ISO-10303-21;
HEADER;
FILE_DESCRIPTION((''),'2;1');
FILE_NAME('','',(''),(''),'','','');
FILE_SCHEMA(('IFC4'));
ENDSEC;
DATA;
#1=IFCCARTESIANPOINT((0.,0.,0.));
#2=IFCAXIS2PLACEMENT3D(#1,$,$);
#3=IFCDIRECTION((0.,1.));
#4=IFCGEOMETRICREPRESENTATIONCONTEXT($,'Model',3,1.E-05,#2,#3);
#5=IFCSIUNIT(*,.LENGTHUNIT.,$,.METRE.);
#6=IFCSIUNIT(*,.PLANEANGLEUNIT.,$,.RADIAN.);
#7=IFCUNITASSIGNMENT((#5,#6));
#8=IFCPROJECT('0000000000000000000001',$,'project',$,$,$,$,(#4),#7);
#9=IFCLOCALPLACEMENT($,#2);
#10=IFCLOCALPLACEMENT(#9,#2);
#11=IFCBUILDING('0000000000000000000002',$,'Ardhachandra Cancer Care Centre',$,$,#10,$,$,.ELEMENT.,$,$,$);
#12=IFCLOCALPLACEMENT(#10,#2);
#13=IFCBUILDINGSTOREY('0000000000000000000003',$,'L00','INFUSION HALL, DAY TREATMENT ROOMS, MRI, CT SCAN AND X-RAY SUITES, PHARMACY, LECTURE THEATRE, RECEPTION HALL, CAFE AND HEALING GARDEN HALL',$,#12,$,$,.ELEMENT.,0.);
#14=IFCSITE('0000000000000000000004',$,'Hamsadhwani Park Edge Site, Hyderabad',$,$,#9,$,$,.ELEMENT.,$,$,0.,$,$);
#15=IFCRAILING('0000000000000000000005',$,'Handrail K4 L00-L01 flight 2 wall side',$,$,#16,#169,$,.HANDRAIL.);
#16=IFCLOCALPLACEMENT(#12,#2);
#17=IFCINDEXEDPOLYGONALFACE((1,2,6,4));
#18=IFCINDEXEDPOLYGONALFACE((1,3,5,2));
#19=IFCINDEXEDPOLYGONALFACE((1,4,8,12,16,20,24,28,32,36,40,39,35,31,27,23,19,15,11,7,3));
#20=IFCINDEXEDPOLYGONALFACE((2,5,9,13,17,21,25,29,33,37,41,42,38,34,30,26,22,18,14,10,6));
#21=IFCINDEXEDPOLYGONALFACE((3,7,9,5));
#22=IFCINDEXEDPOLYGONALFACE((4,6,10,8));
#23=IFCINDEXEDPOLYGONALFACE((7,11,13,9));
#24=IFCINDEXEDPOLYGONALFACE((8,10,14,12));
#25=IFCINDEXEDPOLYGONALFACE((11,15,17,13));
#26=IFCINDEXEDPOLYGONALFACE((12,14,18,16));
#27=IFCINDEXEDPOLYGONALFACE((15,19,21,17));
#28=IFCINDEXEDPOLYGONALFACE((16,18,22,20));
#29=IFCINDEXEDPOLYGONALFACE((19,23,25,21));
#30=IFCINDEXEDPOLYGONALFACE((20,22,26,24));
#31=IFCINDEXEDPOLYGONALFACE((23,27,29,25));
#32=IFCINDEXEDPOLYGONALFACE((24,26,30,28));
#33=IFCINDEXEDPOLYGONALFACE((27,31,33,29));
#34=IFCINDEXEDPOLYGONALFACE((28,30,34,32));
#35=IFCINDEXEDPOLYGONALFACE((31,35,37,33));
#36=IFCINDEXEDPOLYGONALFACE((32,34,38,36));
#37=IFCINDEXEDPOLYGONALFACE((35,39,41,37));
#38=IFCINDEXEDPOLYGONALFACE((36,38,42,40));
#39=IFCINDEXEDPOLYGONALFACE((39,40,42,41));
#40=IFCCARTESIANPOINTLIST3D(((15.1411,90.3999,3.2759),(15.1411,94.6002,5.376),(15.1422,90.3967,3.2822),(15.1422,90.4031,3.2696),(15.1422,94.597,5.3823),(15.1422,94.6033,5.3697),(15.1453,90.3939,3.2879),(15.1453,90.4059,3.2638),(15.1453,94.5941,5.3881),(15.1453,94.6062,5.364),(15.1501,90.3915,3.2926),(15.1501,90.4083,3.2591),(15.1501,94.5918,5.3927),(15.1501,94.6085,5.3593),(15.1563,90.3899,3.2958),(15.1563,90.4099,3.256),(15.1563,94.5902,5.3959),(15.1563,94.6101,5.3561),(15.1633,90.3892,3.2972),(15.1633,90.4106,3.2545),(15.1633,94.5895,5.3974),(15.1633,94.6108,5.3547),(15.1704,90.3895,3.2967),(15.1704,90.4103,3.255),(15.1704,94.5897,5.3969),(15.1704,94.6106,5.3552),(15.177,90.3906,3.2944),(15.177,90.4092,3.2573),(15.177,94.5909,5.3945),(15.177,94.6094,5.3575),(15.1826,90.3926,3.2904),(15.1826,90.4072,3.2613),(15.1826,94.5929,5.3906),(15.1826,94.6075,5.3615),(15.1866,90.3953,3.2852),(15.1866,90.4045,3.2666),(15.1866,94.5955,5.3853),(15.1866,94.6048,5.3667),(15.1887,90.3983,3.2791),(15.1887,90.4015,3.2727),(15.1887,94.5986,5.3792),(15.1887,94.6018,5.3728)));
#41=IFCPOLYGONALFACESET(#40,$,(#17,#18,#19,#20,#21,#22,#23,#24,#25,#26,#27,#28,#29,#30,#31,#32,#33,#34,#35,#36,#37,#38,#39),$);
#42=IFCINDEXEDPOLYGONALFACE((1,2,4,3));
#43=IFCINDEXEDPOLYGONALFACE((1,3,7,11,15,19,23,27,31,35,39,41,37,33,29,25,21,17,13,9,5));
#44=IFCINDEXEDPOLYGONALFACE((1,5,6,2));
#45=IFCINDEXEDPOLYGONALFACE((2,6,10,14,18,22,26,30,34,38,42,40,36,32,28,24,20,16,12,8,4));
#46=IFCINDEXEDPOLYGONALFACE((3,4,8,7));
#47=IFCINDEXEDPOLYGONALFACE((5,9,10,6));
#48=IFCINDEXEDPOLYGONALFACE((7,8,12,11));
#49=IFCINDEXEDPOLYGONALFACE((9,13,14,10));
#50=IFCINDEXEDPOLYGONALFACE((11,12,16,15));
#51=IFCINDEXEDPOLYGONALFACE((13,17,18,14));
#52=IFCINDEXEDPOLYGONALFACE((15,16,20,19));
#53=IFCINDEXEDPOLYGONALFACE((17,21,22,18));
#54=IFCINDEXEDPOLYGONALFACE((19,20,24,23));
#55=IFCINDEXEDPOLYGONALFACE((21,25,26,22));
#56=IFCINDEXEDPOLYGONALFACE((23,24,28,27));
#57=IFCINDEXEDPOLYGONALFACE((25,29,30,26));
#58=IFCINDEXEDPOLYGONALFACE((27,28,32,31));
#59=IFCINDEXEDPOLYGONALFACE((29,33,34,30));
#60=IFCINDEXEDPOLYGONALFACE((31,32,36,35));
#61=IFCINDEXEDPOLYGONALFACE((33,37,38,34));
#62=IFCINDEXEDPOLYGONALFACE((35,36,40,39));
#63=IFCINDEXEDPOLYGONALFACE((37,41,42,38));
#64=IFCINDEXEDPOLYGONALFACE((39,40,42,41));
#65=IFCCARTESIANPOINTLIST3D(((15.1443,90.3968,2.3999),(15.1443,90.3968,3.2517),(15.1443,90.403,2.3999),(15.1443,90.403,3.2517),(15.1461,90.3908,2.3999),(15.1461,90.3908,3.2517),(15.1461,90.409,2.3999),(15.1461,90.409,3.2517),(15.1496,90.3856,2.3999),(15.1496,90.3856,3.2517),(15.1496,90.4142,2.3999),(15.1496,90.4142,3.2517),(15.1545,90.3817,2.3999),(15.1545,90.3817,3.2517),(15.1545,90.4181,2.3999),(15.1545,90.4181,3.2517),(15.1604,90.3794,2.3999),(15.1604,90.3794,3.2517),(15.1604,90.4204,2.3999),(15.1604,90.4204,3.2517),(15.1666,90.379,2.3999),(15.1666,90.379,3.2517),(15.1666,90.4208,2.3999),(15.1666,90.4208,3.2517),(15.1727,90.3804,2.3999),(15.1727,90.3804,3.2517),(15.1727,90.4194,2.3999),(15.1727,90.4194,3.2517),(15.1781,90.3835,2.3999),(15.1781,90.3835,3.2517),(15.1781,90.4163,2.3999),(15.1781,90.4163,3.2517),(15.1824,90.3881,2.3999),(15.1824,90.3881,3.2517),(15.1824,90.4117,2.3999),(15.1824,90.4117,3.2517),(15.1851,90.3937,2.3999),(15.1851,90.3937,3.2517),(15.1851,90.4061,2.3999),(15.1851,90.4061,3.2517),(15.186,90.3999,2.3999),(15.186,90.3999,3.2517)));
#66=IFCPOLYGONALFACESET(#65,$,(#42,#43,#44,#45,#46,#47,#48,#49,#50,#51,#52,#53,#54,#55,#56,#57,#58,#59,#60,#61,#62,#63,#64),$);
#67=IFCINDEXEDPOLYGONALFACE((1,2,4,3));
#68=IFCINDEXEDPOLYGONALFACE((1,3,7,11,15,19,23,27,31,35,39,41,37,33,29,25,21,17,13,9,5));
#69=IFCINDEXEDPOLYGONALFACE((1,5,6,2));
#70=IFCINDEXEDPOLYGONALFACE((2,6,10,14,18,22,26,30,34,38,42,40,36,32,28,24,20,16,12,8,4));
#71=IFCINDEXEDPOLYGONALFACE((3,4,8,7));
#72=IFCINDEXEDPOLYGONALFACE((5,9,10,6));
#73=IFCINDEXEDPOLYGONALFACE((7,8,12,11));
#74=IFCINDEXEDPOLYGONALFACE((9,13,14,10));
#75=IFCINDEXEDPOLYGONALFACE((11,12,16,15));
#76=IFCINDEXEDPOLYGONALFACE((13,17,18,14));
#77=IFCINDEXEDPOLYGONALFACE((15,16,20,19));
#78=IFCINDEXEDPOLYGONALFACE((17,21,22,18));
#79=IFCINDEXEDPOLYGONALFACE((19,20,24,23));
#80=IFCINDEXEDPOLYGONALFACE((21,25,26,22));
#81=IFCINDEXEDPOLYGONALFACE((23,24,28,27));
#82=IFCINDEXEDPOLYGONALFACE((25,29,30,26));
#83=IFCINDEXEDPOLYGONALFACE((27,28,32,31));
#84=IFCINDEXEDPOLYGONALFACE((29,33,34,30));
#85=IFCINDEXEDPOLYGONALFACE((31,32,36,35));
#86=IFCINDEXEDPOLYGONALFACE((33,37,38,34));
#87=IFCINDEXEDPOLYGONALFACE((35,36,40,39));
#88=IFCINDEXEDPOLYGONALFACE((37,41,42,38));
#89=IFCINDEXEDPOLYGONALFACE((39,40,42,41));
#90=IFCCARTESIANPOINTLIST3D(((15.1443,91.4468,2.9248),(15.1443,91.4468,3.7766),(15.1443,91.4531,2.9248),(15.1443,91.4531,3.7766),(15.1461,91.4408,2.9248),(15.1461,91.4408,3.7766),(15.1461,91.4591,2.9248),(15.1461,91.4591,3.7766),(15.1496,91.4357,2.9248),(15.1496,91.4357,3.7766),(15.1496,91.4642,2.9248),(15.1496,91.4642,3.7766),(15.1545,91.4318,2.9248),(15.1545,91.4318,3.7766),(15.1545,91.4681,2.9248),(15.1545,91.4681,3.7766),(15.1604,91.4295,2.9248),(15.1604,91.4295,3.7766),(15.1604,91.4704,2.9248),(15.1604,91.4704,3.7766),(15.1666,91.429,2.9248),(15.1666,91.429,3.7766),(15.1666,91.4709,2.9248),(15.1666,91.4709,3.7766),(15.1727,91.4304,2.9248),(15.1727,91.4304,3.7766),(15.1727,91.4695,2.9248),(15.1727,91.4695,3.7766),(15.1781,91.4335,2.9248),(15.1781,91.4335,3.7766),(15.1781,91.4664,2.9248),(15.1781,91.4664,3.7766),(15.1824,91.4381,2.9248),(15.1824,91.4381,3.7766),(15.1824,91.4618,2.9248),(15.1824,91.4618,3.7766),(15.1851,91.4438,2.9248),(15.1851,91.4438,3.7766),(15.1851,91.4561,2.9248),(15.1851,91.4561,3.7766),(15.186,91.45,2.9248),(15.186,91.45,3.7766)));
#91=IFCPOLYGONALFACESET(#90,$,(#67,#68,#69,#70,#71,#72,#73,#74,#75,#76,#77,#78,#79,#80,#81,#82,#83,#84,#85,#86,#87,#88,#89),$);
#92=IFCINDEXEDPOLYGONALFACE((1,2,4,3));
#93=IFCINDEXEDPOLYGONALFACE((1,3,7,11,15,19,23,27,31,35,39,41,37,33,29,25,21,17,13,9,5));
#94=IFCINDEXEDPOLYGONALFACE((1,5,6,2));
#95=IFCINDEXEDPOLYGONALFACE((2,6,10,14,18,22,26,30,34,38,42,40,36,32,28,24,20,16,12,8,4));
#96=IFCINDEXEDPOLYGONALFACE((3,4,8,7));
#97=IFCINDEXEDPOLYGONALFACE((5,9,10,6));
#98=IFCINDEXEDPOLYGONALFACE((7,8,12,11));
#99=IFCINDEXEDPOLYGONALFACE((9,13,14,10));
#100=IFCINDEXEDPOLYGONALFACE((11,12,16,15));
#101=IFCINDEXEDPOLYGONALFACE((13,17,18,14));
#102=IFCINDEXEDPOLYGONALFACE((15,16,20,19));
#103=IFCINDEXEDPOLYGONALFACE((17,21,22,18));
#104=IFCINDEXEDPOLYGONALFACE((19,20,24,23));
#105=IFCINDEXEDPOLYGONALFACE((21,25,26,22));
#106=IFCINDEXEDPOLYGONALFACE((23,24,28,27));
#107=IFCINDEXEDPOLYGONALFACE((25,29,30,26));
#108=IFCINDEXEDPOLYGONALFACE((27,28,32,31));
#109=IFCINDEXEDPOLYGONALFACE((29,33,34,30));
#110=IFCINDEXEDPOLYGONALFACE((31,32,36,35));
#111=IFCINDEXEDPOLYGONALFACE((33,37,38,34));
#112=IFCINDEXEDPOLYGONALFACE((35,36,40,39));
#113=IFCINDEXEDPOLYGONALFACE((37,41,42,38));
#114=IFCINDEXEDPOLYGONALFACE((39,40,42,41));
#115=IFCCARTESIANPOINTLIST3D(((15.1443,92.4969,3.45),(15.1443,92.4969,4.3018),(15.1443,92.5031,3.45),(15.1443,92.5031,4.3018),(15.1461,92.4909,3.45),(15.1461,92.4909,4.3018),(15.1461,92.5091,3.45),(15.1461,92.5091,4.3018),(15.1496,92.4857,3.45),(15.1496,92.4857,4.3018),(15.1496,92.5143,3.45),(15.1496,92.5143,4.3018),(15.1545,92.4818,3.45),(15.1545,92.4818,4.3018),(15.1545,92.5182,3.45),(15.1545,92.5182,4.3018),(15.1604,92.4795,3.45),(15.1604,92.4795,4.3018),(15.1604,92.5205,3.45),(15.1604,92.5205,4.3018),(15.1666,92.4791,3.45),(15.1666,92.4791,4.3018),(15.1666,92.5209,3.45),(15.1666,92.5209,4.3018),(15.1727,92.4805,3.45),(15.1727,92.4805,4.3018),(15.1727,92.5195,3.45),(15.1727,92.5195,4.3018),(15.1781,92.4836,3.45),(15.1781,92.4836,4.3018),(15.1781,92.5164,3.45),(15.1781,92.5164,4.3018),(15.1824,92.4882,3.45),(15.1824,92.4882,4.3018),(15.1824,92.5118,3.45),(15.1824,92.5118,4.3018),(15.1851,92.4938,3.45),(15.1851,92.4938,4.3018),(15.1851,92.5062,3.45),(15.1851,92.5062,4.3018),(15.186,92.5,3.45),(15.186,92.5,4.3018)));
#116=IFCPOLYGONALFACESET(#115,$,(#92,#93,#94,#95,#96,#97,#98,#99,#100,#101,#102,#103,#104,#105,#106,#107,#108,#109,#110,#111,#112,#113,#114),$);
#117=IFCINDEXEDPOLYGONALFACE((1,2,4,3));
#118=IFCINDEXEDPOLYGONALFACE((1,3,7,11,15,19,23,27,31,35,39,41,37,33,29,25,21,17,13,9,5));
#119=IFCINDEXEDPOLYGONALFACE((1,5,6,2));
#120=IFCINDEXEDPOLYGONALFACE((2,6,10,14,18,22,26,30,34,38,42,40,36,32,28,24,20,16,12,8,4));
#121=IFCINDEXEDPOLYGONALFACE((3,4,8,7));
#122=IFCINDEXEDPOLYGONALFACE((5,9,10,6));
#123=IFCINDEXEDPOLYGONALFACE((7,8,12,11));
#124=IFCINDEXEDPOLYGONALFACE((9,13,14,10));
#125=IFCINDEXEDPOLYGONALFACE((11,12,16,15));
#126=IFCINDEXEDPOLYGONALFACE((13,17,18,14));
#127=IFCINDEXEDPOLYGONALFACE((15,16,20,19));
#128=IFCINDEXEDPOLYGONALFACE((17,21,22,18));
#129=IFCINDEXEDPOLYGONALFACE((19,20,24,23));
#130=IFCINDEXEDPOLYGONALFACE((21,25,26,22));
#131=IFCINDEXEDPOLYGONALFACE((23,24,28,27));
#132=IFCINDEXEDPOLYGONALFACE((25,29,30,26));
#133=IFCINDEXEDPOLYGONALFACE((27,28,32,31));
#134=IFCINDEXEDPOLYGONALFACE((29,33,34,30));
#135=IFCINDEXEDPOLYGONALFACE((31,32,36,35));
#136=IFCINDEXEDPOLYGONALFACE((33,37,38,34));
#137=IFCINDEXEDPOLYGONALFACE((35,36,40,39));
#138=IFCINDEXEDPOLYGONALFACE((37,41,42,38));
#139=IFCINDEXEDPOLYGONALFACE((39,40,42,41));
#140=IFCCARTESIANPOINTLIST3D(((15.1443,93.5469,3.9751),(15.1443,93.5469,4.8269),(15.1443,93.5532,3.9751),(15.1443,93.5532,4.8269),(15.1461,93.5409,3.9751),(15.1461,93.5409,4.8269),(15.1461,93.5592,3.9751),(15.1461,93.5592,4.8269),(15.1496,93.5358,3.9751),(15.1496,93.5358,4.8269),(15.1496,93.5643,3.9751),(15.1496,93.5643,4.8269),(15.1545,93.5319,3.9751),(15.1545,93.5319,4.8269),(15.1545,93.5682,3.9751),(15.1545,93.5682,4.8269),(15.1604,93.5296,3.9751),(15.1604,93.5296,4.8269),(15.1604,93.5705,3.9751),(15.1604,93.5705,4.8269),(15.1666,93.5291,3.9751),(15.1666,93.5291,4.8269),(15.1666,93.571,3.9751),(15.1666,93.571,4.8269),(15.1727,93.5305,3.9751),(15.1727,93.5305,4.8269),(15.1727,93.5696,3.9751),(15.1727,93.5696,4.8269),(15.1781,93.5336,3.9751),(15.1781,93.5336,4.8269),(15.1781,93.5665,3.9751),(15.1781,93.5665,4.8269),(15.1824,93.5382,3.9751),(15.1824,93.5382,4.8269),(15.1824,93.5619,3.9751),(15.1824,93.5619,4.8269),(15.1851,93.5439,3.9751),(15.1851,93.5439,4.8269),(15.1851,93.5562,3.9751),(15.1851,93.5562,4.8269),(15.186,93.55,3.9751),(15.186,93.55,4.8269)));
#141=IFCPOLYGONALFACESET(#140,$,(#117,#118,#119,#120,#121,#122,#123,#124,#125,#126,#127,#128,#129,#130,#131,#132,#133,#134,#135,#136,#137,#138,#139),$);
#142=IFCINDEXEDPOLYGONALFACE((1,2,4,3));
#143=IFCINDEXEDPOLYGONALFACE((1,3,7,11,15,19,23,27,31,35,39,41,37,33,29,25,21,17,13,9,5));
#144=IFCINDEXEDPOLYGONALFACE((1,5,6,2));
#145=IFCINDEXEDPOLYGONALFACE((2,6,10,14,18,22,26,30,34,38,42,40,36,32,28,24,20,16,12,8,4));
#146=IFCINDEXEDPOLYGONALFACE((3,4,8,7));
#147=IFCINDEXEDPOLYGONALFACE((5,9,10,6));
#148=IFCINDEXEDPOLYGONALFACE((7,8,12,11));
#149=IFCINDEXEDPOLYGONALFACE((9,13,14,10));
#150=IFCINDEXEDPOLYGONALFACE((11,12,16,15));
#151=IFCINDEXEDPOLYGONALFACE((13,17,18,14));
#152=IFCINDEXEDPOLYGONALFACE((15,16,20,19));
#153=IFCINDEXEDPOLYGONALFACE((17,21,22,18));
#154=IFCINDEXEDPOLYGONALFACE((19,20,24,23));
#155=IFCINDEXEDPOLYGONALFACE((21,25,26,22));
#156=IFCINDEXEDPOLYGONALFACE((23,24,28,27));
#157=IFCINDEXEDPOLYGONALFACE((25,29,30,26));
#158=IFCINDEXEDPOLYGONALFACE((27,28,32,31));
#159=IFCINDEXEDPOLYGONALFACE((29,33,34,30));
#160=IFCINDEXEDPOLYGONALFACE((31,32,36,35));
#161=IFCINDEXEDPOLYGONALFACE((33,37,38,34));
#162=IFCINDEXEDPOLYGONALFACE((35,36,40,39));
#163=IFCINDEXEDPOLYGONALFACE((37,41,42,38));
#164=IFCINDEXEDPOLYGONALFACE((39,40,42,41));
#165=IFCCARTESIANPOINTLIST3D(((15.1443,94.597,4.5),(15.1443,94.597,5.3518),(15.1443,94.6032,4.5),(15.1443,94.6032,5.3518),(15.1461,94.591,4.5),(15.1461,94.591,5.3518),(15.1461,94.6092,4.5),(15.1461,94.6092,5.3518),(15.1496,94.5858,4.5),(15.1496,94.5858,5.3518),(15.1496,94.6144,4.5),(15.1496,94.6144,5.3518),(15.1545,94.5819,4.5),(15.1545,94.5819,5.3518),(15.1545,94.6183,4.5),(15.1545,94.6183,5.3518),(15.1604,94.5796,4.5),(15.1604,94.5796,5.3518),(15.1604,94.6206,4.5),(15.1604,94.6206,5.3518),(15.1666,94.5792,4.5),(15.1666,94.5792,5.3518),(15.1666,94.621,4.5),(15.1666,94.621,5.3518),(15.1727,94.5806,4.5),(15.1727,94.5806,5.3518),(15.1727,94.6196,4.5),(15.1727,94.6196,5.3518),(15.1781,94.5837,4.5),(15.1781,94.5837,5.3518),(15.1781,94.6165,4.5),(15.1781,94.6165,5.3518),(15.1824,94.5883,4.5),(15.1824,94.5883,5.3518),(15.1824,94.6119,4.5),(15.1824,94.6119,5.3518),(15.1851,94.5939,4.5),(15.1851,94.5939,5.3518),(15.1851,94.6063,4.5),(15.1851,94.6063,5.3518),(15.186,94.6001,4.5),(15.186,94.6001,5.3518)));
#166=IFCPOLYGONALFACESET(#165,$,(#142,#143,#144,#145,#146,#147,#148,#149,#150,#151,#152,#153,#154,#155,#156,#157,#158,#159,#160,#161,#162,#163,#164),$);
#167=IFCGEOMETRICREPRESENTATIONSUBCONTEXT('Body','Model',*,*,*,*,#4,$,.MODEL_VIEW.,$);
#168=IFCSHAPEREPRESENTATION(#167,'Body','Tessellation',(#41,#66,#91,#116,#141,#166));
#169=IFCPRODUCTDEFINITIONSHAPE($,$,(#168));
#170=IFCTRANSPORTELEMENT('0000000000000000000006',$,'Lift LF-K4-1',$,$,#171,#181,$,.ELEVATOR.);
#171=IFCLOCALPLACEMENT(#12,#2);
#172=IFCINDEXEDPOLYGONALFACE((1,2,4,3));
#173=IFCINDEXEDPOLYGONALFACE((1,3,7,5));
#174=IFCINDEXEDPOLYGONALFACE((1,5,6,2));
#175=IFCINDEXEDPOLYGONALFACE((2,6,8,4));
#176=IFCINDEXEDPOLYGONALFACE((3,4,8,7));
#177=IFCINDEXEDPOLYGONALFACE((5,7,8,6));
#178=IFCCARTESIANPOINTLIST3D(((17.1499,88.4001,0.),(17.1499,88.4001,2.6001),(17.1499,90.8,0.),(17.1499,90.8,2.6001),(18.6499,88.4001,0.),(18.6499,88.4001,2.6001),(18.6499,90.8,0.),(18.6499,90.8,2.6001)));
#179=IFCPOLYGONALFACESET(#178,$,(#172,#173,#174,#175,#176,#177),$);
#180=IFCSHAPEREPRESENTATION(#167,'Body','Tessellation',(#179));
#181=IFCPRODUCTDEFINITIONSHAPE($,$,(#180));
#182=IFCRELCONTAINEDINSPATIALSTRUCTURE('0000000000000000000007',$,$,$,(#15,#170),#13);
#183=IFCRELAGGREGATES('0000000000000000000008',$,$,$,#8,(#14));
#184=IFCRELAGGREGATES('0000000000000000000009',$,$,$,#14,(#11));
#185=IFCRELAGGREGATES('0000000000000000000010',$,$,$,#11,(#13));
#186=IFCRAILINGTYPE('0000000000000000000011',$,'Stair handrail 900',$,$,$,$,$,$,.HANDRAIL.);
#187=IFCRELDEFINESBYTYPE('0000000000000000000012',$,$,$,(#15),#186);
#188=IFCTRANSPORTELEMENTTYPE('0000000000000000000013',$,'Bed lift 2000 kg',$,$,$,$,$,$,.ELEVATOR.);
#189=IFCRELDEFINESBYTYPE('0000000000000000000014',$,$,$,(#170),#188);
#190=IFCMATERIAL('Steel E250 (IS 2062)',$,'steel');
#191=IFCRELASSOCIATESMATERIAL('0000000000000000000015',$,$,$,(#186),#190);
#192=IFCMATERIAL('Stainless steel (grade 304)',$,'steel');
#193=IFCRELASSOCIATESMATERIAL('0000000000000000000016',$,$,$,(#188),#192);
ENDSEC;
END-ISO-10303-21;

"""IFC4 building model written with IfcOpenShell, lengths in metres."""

from ifc_helpers import new_model, si_unit, direction, frame, origin, origin_2d, place, context, subcontext, project, spatial, rectangle, circle, extrude, material, type_object, element, save


model = new_model("IFC4")

# Units and contexts
model_context = context("Model", 3, precision=1e-05, world=origin(), true_north=direction((0.0, 1.0)))
body_context = subcontext(model_context, "Body", "Model", "MODEL_VIEW")
ifc_project = project(units=[si_unit("LENGTHUNIT", "METRE"), si_unit("PLANEANGLEUNIT", "RADIAN")], contexts=[model_context])

# Site, building, storey
site_placement = place(None, origin())
site = spatial("IfcSite", under=ifc_project, at=site_placement, Name="Hamsadhwani Park Edge Site, Hyderabad", CompositionType="ELEMENT", RefElevation=0.0)
building_placement = place(site_placement, origin())
building = spatial("IfcBuilding", under=site, at=building_placement, Name="Ardhachandra Cancer Care Centre", CompositionType="ELEMENT")
storey_placement = place(building_placement, origin())
storey = spatial("IfcBuildingStorey", under=building, at=storey_placement, Name="L00", Description="INFUSION HALL, DAY TREATMENT ROOMS, MRI, CT SCAN AND X-RAY SUITES, PHARMACY, LECTURE THEATRE, RECEPTION HALL, CAFE AND HEALING GARDEN HALL", CompositionType="ELEMENT", Elevation=0.0)

# Railing
ifc_material_1 = material(Name="Steel E250 (IS 2062)", Category="steel")
railing_type = type_object("IfcRailingType", Name="Stair handrail 900", PredefinedType="HANDRAIL", material=ifc_material_1)
for number, where, name in (
    (1, (15.165, 90.3999, 2.3999), "Handrail K4 L00-L01 flight 2 wall side"),
):
    element("IfcRailing", number, at=place(storey_placement, frame(where)), inside=storey, type_object=railing_type, Name=name, PredefinedType="HANDRAIL", context=body_context, shape_type="SweptSolid", body=[
        extrude(circle(Radius=0.0239, at=origin_2d()), frame((0.0, 0.0, 0.876), z_axis=(0.0, 0.894427, 0.447214), x_axis=(-1.0, 0.0, 0.0)), (0.0, 0.0, 1.0), 4.696),
        extrude(circle(Radius=0.021, at=origin_2d()), origin(), (0.0, 0.0, 1.0), 0.8518),
        extrude(circle(Radius=0.021, at=origin_2d()), frame((0.0, 1.05, 0.5249)), (0.0, 0.0, 1.0), 0.8518),
        extrude(circle(Radius=0.021, at=origin_2d()), frame((0.0, 2.1001, 1.05)), (0.0, 0.0, 1.0), 0.8518),
        extrude(circle(Radius=0.021, at=origin_2d()), frame((0.0, 3.1501, 1.5752)), (0.0, 0.0, 1.0), 0.8518),
        extrude(circle(Radius=0.021, at=origin_2d()), frame((0.0, 4.2002, 2.1001)), (0.0, 0.0, 1.0), 0.8518),
    ])

# Transport element
ifc_material_2 = material(Name="Stainless steel (grade 304)", Category="steel")
transport_element_type = type_object("IfcTransportElementType", Name="Bed lift 2000 kg", PredefinedType="ELEVATOR", material=ifc_material_2)
transport_element_placement = place(storey_placement, frame((17.8999, 89.6001, 0.0), z_axis=(0.0, 0.0, 1.0), x_axis=(1.0, 0.0, 0.0)))
element("IfcTransportElement", 2, at=transport_element_placement, inside=storey, type_object=transport_element_type, Name="Lift LF-K4-1", PredefinedType="ELEVATOR", context=body_context, shape_type="SweptSolid", body=[
    extrude(rectangle(XDim=1.5, YDim=2.3999, at=origin_2d()), origin(), (0.0, 0.0, 1.0), 2.6001),
])

save(model, "model.ifc")
